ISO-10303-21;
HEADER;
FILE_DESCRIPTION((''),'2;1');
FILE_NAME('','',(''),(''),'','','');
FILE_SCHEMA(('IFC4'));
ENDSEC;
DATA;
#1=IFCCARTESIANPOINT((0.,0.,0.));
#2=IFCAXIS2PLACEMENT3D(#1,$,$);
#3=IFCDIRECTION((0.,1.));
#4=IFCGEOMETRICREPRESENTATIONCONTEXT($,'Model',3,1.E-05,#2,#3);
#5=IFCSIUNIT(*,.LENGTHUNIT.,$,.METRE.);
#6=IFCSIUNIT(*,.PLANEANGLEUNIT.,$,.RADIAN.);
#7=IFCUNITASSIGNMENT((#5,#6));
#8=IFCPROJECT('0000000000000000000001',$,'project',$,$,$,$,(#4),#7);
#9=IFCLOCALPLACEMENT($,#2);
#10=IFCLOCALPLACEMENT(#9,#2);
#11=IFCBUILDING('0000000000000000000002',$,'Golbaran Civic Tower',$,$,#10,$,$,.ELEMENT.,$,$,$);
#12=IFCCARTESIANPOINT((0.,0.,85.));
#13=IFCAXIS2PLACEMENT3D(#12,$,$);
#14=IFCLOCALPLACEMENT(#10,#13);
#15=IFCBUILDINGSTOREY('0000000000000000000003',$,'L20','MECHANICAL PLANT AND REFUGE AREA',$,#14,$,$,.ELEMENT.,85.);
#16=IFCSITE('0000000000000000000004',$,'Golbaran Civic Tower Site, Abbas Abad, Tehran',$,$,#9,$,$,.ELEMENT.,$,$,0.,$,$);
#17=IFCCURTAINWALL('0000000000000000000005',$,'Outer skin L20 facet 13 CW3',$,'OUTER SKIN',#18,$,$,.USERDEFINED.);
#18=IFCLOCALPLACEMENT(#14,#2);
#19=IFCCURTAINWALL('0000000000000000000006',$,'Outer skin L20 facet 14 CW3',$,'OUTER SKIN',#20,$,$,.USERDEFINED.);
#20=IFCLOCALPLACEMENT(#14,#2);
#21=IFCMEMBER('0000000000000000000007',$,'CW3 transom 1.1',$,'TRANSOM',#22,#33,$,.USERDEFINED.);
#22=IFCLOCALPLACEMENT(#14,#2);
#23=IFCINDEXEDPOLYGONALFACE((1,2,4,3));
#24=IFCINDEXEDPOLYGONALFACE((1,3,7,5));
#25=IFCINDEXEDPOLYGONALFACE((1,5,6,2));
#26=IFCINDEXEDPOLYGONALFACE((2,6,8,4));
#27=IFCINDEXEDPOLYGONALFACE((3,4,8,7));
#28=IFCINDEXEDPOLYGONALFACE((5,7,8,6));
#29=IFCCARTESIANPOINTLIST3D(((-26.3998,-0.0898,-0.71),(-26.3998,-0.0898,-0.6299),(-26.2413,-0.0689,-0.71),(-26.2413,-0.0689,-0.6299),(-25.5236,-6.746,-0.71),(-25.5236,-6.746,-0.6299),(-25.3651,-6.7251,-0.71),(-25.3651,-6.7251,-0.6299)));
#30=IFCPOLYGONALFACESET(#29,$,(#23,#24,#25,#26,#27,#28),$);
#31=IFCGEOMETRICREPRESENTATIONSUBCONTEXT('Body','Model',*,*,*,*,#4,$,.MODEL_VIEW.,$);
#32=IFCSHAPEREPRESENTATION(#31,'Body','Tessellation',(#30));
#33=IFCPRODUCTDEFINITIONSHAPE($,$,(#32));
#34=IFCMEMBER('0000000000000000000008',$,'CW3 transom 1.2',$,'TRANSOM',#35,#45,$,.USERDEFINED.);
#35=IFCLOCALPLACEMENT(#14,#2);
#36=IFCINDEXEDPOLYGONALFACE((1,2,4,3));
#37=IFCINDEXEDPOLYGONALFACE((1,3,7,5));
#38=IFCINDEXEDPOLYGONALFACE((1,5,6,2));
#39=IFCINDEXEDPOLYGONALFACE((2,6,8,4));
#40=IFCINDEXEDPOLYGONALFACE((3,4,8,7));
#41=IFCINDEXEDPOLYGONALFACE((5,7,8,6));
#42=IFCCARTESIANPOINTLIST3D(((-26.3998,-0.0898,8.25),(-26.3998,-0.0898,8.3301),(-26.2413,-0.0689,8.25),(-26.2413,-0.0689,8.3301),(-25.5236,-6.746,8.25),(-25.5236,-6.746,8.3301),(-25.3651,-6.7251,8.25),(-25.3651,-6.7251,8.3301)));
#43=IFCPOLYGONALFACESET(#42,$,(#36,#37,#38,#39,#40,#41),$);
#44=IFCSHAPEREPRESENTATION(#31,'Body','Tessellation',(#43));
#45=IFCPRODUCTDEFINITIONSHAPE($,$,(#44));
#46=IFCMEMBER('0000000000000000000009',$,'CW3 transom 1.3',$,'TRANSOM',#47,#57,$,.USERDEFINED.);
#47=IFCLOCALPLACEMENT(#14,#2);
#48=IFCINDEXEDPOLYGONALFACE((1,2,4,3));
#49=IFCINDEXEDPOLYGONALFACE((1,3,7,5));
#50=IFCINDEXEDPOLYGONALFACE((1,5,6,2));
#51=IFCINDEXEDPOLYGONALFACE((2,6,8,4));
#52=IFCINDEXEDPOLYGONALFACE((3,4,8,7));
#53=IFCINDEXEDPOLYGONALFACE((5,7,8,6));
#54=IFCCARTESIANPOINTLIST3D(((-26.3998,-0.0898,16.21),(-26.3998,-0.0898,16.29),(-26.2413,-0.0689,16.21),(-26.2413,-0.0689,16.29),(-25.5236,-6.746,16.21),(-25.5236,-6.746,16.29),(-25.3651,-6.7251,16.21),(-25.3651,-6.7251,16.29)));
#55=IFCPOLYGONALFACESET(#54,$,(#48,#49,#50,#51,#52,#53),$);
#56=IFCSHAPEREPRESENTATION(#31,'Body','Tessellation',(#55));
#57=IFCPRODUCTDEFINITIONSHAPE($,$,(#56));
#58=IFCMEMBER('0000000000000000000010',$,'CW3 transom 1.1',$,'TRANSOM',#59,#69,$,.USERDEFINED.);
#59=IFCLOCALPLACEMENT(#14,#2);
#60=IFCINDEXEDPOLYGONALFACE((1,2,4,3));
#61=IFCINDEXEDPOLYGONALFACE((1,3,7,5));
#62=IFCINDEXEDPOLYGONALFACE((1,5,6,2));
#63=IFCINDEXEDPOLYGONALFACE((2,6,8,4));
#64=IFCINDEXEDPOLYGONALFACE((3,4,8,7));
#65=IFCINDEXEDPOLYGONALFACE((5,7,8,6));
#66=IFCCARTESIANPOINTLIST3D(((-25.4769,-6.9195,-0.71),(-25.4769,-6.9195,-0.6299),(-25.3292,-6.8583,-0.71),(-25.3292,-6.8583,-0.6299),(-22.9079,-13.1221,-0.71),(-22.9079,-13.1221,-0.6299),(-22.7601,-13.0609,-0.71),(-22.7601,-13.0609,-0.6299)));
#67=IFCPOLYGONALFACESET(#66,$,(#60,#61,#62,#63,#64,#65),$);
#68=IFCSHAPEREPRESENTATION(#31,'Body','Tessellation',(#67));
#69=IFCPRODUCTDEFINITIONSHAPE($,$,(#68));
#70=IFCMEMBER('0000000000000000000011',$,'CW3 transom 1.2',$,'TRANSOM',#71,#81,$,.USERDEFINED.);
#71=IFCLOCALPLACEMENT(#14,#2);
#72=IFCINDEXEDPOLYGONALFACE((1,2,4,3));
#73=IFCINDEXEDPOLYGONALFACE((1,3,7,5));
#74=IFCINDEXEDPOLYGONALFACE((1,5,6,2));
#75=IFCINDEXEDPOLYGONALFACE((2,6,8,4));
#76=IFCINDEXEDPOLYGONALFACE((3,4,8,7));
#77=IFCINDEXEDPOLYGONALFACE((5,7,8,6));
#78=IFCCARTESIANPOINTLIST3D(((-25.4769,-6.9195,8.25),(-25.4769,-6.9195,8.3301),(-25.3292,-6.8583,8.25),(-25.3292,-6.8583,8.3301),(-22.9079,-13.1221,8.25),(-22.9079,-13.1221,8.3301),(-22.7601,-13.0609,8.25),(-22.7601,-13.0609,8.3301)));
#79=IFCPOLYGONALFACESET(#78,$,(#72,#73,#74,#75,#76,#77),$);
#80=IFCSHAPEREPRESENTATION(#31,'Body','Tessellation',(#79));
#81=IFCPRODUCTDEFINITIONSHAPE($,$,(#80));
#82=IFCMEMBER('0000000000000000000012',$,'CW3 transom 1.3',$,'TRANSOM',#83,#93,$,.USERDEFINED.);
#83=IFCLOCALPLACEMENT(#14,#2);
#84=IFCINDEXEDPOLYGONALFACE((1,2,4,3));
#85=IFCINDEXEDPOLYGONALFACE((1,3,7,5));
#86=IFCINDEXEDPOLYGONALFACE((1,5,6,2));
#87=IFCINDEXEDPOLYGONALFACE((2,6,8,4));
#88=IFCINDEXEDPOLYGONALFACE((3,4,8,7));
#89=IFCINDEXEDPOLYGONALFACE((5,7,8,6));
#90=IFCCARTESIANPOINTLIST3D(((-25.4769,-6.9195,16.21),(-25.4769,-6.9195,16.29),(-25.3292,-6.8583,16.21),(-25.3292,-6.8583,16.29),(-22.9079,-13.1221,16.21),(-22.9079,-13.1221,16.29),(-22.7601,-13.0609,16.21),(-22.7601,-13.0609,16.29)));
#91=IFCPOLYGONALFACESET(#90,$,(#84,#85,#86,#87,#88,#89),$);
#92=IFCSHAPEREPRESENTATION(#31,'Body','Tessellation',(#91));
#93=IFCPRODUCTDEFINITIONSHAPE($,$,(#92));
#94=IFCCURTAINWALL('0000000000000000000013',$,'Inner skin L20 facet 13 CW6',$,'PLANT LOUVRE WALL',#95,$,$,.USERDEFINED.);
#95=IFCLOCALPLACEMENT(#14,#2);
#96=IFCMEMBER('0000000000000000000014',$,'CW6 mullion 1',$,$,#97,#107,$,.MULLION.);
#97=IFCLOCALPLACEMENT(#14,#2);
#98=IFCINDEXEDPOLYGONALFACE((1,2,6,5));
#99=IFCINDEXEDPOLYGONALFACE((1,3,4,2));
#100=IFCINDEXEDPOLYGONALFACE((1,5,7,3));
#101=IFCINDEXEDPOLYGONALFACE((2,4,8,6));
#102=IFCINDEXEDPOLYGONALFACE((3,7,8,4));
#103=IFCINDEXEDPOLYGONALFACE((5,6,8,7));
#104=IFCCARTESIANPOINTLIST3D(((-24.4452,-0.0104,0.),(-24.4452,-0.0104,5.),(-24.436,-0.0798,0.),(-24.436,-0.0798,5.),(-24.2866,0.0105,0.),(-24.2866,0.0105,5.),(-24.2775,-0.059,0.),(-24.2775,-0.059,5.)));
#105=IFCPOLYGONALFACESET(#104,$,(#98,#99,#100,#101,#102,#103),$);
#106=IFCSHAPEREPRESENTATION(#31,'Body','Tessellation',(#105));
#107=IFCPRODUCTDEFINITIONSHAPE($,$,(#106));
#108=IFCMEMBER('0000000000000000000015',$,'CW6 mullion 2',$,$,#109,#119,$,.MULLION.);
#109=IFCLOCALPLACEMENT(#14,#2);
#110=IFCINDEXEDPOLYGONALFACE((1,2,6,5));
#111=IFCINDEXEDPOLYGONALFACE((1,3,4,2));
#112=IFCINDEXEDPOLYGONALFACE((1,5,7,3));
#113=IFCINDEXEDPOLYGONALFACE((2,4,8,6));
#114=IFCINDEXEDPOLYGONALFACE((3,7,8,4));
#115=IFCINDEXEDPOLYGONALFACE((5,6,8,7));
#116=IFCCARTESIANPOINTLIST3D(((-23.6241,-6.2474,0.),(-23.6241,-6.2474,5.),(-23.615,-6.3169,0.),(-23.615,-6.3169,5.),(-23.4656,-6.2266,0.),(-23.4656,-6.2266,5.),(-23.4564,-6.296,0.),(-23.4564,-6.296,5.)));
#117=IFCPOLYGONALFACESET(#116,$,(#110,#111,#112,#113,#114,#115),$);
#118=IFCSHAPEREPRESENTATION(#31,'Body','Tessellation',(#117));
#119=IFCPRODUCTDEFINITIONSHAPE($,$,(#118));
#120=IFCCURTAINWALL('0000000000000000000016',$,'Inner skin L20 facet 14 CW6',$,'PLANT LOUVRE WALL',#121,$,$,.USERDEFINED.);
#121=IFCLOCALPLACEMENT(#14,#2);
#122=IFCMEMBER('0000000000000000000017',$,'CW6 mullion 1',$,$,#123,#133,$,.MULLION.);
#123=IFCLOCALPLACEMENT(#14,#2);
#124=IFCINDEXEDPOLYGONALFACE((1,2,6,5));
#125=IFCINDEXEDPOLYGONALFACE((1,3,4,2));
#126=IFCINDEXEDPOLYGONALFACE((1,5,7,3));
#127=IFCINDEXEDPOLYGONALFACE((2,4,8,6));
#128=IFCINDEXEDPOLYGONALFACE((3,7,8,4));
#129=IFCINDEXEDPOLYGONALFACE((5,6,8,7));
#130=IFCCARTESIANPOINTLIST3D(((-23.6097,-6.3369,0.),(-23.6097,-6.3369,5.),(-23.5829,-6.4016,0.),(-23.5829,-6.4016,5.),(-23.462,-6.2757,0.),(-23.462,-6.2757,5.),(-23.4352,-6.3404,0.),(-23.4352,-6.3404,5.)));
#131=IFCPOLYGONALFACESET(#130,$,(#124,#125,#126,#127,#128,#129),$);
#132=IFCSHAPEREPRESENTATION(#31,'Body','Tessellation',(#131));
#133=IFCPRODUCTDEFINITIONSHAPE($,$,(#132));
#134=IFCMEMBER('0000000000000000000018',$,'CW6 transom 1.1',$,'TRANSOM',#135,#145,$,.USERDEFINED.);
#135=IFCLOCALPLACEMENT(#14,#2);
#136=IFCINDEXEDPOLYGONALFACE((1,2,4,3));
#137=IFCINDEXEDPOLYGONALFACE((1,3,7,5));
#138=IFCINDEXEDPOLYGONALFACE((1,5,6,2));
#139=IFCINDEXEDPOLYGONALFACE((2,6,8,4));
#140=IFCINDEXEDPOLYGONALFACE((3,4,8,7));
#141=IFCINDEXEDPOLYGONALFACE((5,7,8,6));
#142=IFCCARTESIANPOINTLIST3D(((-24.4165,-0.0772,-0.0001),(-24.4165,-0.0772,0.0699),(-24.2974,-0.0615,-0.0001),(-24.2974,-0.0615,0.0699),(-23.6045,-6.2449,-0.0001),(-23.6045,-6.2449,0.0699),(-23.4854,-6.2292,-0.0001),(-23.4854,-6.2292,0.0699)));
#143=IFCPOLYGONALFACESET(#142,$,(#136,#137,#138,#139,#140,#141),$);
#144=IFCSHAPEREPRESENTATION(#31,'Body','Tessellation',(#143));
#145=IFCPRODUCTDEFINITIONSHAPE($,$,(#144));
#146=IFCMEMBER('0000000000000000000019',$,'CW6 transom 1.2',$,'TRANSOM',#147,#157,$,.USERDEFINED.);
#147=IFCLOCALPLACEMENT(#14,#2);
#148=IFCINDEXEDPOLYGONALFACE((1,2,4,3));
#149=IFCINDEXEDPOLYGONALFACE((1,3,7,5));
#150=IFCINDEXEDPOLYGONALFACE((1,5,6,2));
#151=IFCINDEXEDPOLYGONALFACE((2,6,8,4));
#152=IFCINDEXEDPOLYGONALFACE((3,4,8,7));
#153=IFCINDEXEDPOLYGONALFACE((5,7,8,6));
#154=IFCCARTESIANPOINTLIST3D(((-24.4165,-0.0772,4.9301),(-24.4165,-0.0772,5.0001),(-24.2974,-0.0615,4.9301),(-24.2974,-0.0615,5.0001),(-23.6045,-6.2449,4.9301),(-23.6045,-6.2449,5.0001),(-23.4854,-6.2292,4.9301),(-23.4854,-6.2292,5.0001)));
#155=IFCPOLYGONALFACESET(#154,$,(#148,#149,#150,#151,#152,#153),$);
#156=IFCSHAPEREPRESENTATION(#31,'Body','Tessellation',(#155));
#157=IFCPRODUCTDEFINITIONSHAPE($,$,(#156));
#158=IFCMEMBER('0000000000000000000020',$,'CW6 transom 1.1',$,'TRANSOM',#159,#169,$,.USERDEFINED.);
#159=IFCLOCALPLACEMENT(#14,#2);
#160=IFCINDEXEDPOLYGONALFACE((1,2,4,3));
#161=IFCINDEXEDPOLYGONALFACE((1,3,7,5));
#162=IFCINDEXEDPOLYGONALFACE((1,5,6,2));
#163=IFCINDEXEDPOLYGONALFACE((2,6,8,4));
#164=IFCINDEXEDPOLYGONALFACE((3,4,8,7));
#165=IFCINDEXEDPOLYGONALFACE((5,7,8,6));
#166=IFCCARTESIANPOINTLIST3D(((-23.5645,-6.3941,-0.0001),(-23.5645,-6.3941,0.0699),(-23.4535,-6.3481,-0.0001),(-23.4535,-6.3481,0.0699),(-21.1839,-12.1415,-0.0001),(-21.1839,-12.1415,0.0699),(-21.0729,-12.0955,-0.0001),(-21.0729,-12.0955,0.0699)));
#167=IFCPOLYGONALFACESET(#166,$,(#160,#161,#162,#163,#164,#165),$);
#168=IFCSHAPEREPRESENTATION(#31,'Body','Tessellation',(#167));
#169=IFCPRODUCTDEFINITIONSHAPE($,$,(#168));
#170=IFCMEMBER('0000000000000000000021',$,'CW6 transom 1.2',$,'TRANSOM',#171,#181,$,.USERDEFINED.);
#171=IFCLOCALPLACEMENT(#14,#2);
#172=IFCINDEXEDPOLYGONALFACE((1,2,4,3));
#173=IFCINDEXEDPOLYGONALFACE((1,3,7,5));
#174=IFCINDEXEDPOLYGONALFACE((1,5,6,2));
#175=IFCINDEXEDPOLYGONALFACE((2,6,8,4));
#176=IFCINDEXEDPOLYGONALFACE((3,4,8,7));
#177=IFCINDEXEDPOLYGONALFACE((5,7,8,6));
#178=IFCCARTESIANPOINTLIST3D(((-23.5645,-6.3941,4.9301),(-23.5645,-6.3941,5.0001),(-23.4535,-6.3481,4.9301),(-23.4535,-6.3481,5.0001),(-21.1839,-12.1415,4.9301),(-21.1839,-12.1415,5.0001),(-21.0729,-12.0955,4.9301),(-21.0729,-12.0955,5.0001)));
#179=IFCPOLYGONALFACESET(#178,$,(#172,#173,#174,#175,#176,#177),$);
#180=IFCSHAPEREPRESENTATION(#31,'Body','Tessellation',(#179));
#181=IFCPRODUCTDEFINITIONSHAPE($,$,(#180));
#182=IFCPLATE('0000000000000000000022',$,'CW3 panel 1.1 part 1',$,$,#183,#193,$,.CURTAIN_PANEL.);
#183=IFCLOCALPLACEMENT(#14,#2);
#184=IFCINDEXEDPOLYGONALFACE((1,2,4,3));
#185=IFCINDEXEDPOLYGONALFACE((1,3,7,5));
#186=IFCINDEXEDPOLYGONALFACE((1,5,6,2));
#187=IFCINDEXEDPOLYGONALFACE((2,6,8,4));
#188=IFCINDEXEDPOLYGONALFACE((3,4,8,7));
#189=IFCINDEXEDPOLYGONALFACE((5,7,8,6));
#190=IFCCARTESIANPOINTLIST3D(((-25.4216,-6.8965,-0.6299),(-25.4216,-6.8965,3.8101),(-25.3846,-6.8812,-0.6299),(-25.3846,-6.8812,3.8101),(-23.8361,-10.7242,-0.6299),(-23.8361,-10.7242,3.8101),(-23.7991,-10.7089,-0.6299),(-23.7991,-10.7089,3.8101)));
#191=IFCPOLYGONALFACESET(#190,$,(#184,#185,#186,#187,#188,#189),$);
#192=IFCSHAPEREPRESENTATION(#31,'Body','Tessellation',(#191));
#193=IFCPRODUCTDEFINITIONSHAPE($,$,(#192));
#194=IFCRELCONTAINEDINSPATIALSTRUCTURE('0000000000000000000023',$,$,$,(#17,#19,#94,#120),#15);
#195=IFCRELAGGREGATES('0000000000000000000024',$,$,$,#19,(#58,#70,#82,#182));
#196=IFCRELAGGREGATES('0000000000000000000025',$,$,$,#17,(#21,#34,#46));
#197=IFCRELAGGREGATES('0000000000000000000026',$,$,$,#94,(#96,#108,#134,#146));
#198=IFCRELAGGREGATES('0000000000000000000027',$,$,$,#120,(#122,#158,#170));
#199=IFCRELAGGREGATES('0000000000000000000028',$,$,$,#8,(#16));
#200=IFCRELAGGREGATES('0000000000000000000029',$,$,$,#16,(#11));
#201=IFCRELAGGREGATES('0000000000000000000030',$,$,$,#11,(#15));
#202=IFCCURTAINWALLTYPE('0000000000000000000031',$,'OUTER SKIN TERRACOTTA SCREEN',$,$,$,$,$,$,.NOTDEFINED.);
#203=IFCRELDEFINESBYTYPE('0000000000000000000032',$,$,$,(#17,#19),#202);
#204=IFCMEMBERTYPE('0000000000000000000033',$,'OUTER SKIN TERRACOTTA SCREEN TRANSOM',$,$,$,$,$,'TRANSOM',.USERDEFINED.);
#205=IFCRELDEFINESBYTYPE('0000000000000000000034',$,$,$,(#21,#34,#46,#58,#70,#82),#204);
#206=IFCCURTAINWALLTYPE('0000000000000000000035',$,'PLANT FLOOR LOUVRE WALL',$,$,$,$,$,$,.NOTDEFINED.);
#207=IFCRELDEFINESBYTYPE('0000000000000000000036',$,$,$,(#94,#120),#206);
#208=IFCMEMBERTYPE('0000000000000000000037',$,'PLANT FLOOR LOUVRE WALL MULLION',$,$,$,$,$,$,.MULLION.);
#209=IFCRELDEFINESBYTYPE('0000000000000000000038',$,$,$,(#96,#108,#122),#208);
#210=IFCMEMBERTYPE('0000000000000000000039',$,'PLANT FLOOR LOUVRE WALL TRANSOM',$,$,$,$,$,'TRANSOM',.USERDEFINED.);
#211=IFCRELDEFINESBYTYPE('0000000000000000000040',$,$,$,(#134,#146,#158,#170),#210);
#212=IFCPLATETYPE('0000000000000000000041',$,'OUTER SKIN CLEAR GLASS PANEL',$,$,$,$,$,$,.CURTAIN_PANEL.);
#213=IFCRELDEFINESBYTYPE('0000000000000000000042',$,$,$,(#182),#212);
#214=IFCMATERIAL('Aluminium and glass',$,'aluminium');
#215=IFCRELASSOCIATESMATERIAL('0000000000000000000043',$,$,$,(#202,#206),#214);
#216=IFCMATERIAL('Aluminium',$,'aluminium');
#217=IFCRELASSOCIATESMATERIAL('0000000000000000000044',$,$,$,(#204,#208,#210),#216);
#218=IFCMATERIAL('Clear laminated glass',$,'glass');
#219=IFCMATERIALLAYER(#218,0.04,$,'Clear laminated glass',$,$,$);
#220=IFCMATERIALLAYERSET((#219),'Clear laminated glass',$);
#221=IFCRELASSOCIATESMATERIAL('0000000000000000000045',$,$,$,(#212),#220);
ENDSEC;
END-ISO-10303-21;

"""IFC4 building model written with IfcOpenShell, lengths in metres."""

from ifc_helpers import new_model, si_unit, direction, frame, origin, origin_2d, place, context, subcontext, project, spatial, rectangle, extrude, material, layer, layer_set, material_profile, profile_set, type_object, element, aggregate, save


model = new_model("IFC4")

# Units and contexts
model_context = context("Model", 3, precision=1e-05, world=origin(), true_north=direction((0.0, 1.0)))
body_context = subcontext(model_context, "Body", "Model", "MODEL_VIEW")
ifc_project = project(units=[si_unit("LENGTHUNIT", "METRE"), si_unit("PLANEANGLEUNIT", "RADIAN")], contexts=[model_context])

# Site, building, storey
site_placement = place(None, origin())
site = spatial("IfcSite", under=ifc_project, at=site_placement, Name="Golbaran Civic Tower Site, Abbas Abad, Tehran", CompositionType="ELEMENT", RefElevation=0.0)
building_placement = place(site_placement, origin())
building = spatial("IfcBuilding", under=site, at=building_placement, Name="Golbaran Civic Tower", CompositionType="ELEMENT")
storey_placement = place(building_placement, frame((0.0, 0.0, 85.0)))
storey = spatial("IfcBuildingStorey", under=building, at=storey_placement, Name="L20", Description="MECHANICAL PLANT AND REFUGE AREA", CompositionType="ELEMENT", Elevation=85.0)

# Curtain wall
ifc_material_1 = material(Name="Aluminium and glass", Category="aluminium")
curtain_wall_type_1 = type_object("IfcCurtainWallType", Name="OUTER SKIN TERRACOTTA SCREEN", PredefinedType="NOTDEFINED", material=ifc_material_1)
curtain_wall_1_placement = place(storey_placement, origin())
curtain_wall_1 = element("IfcCurtainWall", 1, at=curtain_wall_1_placement, inside=storey, type_object=curtain_wall_type_1, Name="Outer skin L20 facet 13 CW3", ObjectType="OUTER SKIN", PredefinedType="USERDEFINED")
ifc_material_2 = material(Name="Aluminium", Category="aluminium")

# Curtain wall
curtain_wall_2_placement = place(storey_placement, origin())
curtain_wall_2 = element("IfcCurtainWall", 2, at=curtain_wall_2_placement, inside=storey, type_object=curtain_wall_type_1, Name="Outer skin L20 facet 14 CW3", ObjectType="OUTER SKIN", PredefinedType="USERDEFINED")

# Members
ifc_material_profile_1 = material_profile(ifc_material_2, rectangle(XDim=0.1599, YDim=0.0801, at=origin_2d()), Name="OUTER SKIN TERRACOTTA SCREEN TRANSOM")
ifc_profile_set_1 = profile_set([ifc_material_profile_1], Name="Aluminium")
member_type_1 = type_object("IfcMemberType", Name="OUTER SKIN TERRACOTTA SCREEN TRANSOM", ElementType="TRANSOM", PredefinedType="USERDEFINED", material=ifc_profile_set_1)
member_1_placement = place(storey_placement, frame((-26.3206, -0.0793, -0.6699), z_axis=(0.130513, -0.991447, 0.0), x_axis=(0.991447, 0.130513, 0.0)))
member_1 = element("IfcMember", 3, at=member_1_placement, type_object=member_type_1, Name="CW3 transom 1.1", ObjectType="TRANSOM", PredefinedType="USERDEFINED", context=body_context, shape_type="SweptSolid", body=[
    extrude(rectangle(XDim=0.1599, YDim=0.0801, at=origin_2d()), origin(), (0.0, 0.0, 1.0), 6.7136),
])
member_2_placement = place(storey_placement, frame((-26.3206, -0.0793, 8.29), z_axis=(0.130513, -0.991447, 0.0), x_axis=(0.991447, 0.130513, 0.0)))
member_2 = element("IfcMember", 4, at=member_2_placement, type_object=member_type_1, Name="CW3 transom 1.2", ObjectType="TRANSOM", PredefinedType="USERDEFINED", context=body_context, shape_type="SweptSolid", body=[
    extrude(rectangle(XDim=0.1599, YDim=0.0801, at=origin_2d()), origin(), (0.0, 0.0, 1.0), 6.7136),
])
member_3_placement = place(storey_placement, frame((-26.3206, -0.0793, 16.25), z_axis=(0.130513, -0.991447, 0.0), x_axis=(0.991447, 0.130513, 0.0)))
member_3 = element("IfcMember", 5, at=member_3_placement, type_object=member_type_1, Name="CW3 transom 1.3", ObjectType="TRANSOM", PredefinedType="USERDEFINED", context=body_context, shape_type="SweptSolid", body=[
    extrude(rectangle(XDim=0.1599, YDim=0.0801, at=origin_2d()), origin(), (0.0, 0.0, 1.0), 6.7136),
])
member_4_placement = place(storey_placement, frame((-25.4031, -6.8889, -0.6699), z_axis=(0.382668, -0.923886, 0.0), x_axis=(0.923886, 0.382668, 0.0)))
member_4 = element("IfcMember", 6, at=member_4_placement, type_object=member_type_1, Name="CW3 transom 1.1", ObjectType="TRANSOM", PredefinedType="USERDEFINED", context=body_context, shape_type="SweptSolid", body=[
    extrude(rectangle(XDim=0.1599, YDim=0.0801, at=origin_2d()), origin(), (0.0, 0.0, 1.0), 6.7136),
])
member_5_placement = place(storey_placement, frame((-25.4031, -6.8889, 8.29), z_axis=(0.382668, -0.923886, 0.0), x_axis=(0.923886, 0.382668, 0.0)))
member_5 = element("IfcMember", 7, at=member_5_placement, type_object=member_type_1, Name="CW3 transom 1.2", ObjectType="TRANSOM", PredefinedType="USERDEFINED", context=body_context, shape_type="SweptSolid", body=[
    extrude(rectangle(XDim=0.1599, YDim=0.0801, at=origin_2d()), origin(), (0.0, 0.0, 1.0), 6.7136),
])
member_6_placement = place(storey_placement, frame((-25.4031, -6.8889, 16.25), z_axis=(0.382668, -0.923886, 0.0), x_axis=(0.923886, 0.382668, 0.0)))
member_6 = element("IfcMember", 8, at=member_6_placement, type_object=member_type_1, Name="CW3 transom 1.3", ObjectType="TRANSOM", PredefinedType="USERDEFINED", context=body_context, shape_type="SweptSolid", body=[
    extrude(rectangle(XDim=0.1599, YDim=0.0801, at=origin_2d()), origin(), (0.0, 0.0, 1.0), 6.7136),
])

# Curtain wall, members
curtain_wall_type_2 = type_object("IfcCurtainWallType", Name="PLANT FLOOR LOUVRE WALL", PredefinedType="NOTDEFINED", material=ifc_material_1)
curtain_wall_3_placement = place(storey_placement, origin())
curtain_wall_3 = element("IfcCurtainWall", 9, at=curtain_wall_3_placement, inside=storey, type_object=curtain_wall_type_2, Name="Inner skin L20 facet 13 CW6", ObjectType="PLANT LOUVRE WALL", PredefinedType="USERDEFINED")
ifc_material_profile_2 = material_profile(ifc_material_2, rectangle(XDim=0.1599, YDim=0.0701, at=origin_2d()), Name="PLANT FLOOR LOUVRE WALL MULLION")
ifc_profile_set_2 = profile_set([ifc_material_profile_2], Name="Aluminium")
member_type_2 = type_object("IfcMemberType", Name="PLANT FLOOR LOUVRE WALL MULLION", PredefinedType="MULLION", material=ifc_profile_set_2)
member_7_placement = place(storey_placement, frame((-24.3613, -0.0347, 0.0), z_axis=(0.0, 0.0, 1.0), x_axis=(0.991445, 0.130526, 0.0)))
member_7 = element("IfcMember", 10, at=member_7_placement, type_object=member_type_2, Name="CW6 mullion 1", PredefinedType="MULLION", context=body_context, shape_type="SweptSolid", body=[
    extrude(rectangle(XDim=0.1599, YDim=0.0701, at=origin_2d()), origin(), (0.0, 0.0, 1.0), 5.0),
])
member_8_placement = place(storey_placement, frame((-23.5403, -6.2717, 0.0), z_axis=(0.0, 0.0, 1.0), x_axis=(0.991445, 0.130526, 0.0)))
member_8 = element("IfcMember", 11, at=member_8_placement, type_object=member_type_2, Name="CW6 mullion 2", PredefinedType="MULLION", context=body_context, shape_type="SweptSolid", body=[
    extrude(rectangle(XDim=0.1599, YDim=0.0701, at=origin_2d()), origin(), (0.0, 0.0, 1.0), 5.0),
])

# Curtain wall, member
curtain_wall_4_placement = place(storey_placement, origin())
curtain_wall_4 = element("IfcCurtainWall", 12, at=curtain_wall_4_placement, inside=storey, type_object=curtain_wall_type_2, Name="Inner skin L20 facet 14 CW6", ObjectType="PLANT LOUVRE WALL", PredefinedType="USERDEFINED")
member_9_placement = place(storey_placement, frame((-23.5225, -6.3386, 0.0), z_axis=(0.0, 0.0, 1.0), x_axis=(0.92388, 0.382683, 0.0)))
member_9 = element("IfcMember", 13, at=member_9_placement, type_object=member_type_2, Name="CW6 mullion 1", PredefinedType="MULLION", context=body_context, shape_type="SweptSolid", body=[
    extrude(rectangle(XDim=0.1599, YDim=0.0701, at=origin_2d()), origin(), (0.0, 0.0, 1.0), 5.0),
])

# Members
ifc_material_profile_3 = material_profile(ifc_material_2, rectangle(XDim=0.1201, YDim=0.0701, at=origin_2d()), Name="PLANT FLOOR LOUVRE WALL TRANSOM")
ifc_profile_set_3 = profile_set([ifc_material_profile_3], Name="Aluminium")
member_type_3 = type_object("IfcMemberType", Name="PLANT FLOOR LOUVRE WALL TRANSOM", ElementType="TRANSOM", PredefinedType="USERDEFINED", material=ifc_profile_set_3)
member_10_placement = place(storey_placement, frame((-24.3569, -0.0693, 0.0349), z_axis=(0.130529, -0.991445, 0.0), x_axis=(0.991445, 0.130529, 0.0)))
member_10 = element("IfcMember", 14, at=member_10_placement, type_object=member_type_3, Name="CW6 transom 1.1", ObjectType="TRANSOM", PredefinedType="USERDEFINED", context=body_context, shape_type="SweptSolid", body=[
    extrude(rectangle(XDim=0.1201, YDim=0.0701, at=origin_2d()), origin(), (0.0, 0.0, 1.0), 6.2209),
])
member_11_placement = place(storey_placement, frame((-24.3569, -0.0693, 4.9651), z_axis=(0.130529, -0.991445, 0.0), x_axis=(0.991445, 0.130529, 0.0)))
member_11 = element("IfcMember", 15, at=member_11_placement, type_object=member_type_3, Name="CW6 transom 1.2", ObjectType="TRANSOM", PredefinedType="USERDEFINED", context=body_context, shape_type="SweptSolid", body=[
    extrude(rectangle(XDim=0.1201, YDim=0.0701, at=origin_2d()), origin(), (0.0, 0.0, 1.0), 6.2209),
])
member_12_placement = place(storey_placement, frame((-23.509, -6.3711, 0.0349), z_axis=(0.382683, -0.92388, 0.0), x_axis=(0.92388, 0.382683, 0.0)))
member_12 = element("IfcMember", 16, at=member_12_placement, type_object=member_type_3, Name="CW6 transom 1.1", ObjectType="TRANSOM", PredefinedType="USERDEFINED", context=body_context, shape_type="SweptSolid", body=[
    extrude(rectangle(XDim=0.1201, YDim=0.0701, at=origin_2d()), origin(), (0.0, 0.0, 1.0), 6.2209),
])
member_13_placement = place(storey_placement, frame((-23.509, -6.3711, 4.9651), z_axis=(0.382683, -0.92388, 0.0), x_axis=(0.92388, 0.382683, 0.0)))
member_13 = element("IfcMember", 17, at=member_13_placement, type_object=member_type_3, Name="CW6 transom 1.2", ObjectType="TRANSOM", PredefinedType="USERDEFINED", context=body_context, shape_type="SweptSolid", body=[
    extrude(rectangle(XDim=0.1201, YDim=0.0701, at=origin_2d()), origin(), (0.0, 0.0, 1.0), 6.2209),
])

# Plate
ifc_material_3 = material(Name="Clear laminated glass", Category="glass")
ifc_layer_1 = layer(ifc_material_3, 0.04, Name="Clear laminated glass")
ifc_layer_set_1 = layer_set([ifc_layer_1], Name="Clear laminated glass")
plate_type_1 = type_object("IfcPlateType", Name="OUTER SKIN CLEAR GLASS PANEL", PredefinedType="CURTAIN_PANEL", material=ifc_layer_set_1)
plate_1_placement = place(storey_placement, frame((-24.6104, -8.8027, -0.6299), z_axis=(0.0, 0.0, 1.0), x_axis=(0.382683, -0.92388, 0.0)))
plate_1 = element("IfcPlate", 18, at=plate_1_placement, type_object=plate_type_1, Name="CW3 panel 1.1 part 1", PredefinedType="CURTAIN_PANEL", context=body_context, shape_type="SweptSolid", body=[
    extrude(rectangle(XDim=4.1431, YDim=0.04, at=origin_2d()), origin(), (0.0, 0.0, 1.0), 4.4399),
])
aggregate(curtain_wall_2, [member_4, member_5, member_6, plate_1])
aggregate(curtain_wall_1, [member_1, member_2, member_3])
aggregate(curtain_wall_3, [member_7, member_8, member_10, member_11])
aggregate(curtain_wall_4, [member_9, member_12, member_13])

save(model, "model.ifc")
